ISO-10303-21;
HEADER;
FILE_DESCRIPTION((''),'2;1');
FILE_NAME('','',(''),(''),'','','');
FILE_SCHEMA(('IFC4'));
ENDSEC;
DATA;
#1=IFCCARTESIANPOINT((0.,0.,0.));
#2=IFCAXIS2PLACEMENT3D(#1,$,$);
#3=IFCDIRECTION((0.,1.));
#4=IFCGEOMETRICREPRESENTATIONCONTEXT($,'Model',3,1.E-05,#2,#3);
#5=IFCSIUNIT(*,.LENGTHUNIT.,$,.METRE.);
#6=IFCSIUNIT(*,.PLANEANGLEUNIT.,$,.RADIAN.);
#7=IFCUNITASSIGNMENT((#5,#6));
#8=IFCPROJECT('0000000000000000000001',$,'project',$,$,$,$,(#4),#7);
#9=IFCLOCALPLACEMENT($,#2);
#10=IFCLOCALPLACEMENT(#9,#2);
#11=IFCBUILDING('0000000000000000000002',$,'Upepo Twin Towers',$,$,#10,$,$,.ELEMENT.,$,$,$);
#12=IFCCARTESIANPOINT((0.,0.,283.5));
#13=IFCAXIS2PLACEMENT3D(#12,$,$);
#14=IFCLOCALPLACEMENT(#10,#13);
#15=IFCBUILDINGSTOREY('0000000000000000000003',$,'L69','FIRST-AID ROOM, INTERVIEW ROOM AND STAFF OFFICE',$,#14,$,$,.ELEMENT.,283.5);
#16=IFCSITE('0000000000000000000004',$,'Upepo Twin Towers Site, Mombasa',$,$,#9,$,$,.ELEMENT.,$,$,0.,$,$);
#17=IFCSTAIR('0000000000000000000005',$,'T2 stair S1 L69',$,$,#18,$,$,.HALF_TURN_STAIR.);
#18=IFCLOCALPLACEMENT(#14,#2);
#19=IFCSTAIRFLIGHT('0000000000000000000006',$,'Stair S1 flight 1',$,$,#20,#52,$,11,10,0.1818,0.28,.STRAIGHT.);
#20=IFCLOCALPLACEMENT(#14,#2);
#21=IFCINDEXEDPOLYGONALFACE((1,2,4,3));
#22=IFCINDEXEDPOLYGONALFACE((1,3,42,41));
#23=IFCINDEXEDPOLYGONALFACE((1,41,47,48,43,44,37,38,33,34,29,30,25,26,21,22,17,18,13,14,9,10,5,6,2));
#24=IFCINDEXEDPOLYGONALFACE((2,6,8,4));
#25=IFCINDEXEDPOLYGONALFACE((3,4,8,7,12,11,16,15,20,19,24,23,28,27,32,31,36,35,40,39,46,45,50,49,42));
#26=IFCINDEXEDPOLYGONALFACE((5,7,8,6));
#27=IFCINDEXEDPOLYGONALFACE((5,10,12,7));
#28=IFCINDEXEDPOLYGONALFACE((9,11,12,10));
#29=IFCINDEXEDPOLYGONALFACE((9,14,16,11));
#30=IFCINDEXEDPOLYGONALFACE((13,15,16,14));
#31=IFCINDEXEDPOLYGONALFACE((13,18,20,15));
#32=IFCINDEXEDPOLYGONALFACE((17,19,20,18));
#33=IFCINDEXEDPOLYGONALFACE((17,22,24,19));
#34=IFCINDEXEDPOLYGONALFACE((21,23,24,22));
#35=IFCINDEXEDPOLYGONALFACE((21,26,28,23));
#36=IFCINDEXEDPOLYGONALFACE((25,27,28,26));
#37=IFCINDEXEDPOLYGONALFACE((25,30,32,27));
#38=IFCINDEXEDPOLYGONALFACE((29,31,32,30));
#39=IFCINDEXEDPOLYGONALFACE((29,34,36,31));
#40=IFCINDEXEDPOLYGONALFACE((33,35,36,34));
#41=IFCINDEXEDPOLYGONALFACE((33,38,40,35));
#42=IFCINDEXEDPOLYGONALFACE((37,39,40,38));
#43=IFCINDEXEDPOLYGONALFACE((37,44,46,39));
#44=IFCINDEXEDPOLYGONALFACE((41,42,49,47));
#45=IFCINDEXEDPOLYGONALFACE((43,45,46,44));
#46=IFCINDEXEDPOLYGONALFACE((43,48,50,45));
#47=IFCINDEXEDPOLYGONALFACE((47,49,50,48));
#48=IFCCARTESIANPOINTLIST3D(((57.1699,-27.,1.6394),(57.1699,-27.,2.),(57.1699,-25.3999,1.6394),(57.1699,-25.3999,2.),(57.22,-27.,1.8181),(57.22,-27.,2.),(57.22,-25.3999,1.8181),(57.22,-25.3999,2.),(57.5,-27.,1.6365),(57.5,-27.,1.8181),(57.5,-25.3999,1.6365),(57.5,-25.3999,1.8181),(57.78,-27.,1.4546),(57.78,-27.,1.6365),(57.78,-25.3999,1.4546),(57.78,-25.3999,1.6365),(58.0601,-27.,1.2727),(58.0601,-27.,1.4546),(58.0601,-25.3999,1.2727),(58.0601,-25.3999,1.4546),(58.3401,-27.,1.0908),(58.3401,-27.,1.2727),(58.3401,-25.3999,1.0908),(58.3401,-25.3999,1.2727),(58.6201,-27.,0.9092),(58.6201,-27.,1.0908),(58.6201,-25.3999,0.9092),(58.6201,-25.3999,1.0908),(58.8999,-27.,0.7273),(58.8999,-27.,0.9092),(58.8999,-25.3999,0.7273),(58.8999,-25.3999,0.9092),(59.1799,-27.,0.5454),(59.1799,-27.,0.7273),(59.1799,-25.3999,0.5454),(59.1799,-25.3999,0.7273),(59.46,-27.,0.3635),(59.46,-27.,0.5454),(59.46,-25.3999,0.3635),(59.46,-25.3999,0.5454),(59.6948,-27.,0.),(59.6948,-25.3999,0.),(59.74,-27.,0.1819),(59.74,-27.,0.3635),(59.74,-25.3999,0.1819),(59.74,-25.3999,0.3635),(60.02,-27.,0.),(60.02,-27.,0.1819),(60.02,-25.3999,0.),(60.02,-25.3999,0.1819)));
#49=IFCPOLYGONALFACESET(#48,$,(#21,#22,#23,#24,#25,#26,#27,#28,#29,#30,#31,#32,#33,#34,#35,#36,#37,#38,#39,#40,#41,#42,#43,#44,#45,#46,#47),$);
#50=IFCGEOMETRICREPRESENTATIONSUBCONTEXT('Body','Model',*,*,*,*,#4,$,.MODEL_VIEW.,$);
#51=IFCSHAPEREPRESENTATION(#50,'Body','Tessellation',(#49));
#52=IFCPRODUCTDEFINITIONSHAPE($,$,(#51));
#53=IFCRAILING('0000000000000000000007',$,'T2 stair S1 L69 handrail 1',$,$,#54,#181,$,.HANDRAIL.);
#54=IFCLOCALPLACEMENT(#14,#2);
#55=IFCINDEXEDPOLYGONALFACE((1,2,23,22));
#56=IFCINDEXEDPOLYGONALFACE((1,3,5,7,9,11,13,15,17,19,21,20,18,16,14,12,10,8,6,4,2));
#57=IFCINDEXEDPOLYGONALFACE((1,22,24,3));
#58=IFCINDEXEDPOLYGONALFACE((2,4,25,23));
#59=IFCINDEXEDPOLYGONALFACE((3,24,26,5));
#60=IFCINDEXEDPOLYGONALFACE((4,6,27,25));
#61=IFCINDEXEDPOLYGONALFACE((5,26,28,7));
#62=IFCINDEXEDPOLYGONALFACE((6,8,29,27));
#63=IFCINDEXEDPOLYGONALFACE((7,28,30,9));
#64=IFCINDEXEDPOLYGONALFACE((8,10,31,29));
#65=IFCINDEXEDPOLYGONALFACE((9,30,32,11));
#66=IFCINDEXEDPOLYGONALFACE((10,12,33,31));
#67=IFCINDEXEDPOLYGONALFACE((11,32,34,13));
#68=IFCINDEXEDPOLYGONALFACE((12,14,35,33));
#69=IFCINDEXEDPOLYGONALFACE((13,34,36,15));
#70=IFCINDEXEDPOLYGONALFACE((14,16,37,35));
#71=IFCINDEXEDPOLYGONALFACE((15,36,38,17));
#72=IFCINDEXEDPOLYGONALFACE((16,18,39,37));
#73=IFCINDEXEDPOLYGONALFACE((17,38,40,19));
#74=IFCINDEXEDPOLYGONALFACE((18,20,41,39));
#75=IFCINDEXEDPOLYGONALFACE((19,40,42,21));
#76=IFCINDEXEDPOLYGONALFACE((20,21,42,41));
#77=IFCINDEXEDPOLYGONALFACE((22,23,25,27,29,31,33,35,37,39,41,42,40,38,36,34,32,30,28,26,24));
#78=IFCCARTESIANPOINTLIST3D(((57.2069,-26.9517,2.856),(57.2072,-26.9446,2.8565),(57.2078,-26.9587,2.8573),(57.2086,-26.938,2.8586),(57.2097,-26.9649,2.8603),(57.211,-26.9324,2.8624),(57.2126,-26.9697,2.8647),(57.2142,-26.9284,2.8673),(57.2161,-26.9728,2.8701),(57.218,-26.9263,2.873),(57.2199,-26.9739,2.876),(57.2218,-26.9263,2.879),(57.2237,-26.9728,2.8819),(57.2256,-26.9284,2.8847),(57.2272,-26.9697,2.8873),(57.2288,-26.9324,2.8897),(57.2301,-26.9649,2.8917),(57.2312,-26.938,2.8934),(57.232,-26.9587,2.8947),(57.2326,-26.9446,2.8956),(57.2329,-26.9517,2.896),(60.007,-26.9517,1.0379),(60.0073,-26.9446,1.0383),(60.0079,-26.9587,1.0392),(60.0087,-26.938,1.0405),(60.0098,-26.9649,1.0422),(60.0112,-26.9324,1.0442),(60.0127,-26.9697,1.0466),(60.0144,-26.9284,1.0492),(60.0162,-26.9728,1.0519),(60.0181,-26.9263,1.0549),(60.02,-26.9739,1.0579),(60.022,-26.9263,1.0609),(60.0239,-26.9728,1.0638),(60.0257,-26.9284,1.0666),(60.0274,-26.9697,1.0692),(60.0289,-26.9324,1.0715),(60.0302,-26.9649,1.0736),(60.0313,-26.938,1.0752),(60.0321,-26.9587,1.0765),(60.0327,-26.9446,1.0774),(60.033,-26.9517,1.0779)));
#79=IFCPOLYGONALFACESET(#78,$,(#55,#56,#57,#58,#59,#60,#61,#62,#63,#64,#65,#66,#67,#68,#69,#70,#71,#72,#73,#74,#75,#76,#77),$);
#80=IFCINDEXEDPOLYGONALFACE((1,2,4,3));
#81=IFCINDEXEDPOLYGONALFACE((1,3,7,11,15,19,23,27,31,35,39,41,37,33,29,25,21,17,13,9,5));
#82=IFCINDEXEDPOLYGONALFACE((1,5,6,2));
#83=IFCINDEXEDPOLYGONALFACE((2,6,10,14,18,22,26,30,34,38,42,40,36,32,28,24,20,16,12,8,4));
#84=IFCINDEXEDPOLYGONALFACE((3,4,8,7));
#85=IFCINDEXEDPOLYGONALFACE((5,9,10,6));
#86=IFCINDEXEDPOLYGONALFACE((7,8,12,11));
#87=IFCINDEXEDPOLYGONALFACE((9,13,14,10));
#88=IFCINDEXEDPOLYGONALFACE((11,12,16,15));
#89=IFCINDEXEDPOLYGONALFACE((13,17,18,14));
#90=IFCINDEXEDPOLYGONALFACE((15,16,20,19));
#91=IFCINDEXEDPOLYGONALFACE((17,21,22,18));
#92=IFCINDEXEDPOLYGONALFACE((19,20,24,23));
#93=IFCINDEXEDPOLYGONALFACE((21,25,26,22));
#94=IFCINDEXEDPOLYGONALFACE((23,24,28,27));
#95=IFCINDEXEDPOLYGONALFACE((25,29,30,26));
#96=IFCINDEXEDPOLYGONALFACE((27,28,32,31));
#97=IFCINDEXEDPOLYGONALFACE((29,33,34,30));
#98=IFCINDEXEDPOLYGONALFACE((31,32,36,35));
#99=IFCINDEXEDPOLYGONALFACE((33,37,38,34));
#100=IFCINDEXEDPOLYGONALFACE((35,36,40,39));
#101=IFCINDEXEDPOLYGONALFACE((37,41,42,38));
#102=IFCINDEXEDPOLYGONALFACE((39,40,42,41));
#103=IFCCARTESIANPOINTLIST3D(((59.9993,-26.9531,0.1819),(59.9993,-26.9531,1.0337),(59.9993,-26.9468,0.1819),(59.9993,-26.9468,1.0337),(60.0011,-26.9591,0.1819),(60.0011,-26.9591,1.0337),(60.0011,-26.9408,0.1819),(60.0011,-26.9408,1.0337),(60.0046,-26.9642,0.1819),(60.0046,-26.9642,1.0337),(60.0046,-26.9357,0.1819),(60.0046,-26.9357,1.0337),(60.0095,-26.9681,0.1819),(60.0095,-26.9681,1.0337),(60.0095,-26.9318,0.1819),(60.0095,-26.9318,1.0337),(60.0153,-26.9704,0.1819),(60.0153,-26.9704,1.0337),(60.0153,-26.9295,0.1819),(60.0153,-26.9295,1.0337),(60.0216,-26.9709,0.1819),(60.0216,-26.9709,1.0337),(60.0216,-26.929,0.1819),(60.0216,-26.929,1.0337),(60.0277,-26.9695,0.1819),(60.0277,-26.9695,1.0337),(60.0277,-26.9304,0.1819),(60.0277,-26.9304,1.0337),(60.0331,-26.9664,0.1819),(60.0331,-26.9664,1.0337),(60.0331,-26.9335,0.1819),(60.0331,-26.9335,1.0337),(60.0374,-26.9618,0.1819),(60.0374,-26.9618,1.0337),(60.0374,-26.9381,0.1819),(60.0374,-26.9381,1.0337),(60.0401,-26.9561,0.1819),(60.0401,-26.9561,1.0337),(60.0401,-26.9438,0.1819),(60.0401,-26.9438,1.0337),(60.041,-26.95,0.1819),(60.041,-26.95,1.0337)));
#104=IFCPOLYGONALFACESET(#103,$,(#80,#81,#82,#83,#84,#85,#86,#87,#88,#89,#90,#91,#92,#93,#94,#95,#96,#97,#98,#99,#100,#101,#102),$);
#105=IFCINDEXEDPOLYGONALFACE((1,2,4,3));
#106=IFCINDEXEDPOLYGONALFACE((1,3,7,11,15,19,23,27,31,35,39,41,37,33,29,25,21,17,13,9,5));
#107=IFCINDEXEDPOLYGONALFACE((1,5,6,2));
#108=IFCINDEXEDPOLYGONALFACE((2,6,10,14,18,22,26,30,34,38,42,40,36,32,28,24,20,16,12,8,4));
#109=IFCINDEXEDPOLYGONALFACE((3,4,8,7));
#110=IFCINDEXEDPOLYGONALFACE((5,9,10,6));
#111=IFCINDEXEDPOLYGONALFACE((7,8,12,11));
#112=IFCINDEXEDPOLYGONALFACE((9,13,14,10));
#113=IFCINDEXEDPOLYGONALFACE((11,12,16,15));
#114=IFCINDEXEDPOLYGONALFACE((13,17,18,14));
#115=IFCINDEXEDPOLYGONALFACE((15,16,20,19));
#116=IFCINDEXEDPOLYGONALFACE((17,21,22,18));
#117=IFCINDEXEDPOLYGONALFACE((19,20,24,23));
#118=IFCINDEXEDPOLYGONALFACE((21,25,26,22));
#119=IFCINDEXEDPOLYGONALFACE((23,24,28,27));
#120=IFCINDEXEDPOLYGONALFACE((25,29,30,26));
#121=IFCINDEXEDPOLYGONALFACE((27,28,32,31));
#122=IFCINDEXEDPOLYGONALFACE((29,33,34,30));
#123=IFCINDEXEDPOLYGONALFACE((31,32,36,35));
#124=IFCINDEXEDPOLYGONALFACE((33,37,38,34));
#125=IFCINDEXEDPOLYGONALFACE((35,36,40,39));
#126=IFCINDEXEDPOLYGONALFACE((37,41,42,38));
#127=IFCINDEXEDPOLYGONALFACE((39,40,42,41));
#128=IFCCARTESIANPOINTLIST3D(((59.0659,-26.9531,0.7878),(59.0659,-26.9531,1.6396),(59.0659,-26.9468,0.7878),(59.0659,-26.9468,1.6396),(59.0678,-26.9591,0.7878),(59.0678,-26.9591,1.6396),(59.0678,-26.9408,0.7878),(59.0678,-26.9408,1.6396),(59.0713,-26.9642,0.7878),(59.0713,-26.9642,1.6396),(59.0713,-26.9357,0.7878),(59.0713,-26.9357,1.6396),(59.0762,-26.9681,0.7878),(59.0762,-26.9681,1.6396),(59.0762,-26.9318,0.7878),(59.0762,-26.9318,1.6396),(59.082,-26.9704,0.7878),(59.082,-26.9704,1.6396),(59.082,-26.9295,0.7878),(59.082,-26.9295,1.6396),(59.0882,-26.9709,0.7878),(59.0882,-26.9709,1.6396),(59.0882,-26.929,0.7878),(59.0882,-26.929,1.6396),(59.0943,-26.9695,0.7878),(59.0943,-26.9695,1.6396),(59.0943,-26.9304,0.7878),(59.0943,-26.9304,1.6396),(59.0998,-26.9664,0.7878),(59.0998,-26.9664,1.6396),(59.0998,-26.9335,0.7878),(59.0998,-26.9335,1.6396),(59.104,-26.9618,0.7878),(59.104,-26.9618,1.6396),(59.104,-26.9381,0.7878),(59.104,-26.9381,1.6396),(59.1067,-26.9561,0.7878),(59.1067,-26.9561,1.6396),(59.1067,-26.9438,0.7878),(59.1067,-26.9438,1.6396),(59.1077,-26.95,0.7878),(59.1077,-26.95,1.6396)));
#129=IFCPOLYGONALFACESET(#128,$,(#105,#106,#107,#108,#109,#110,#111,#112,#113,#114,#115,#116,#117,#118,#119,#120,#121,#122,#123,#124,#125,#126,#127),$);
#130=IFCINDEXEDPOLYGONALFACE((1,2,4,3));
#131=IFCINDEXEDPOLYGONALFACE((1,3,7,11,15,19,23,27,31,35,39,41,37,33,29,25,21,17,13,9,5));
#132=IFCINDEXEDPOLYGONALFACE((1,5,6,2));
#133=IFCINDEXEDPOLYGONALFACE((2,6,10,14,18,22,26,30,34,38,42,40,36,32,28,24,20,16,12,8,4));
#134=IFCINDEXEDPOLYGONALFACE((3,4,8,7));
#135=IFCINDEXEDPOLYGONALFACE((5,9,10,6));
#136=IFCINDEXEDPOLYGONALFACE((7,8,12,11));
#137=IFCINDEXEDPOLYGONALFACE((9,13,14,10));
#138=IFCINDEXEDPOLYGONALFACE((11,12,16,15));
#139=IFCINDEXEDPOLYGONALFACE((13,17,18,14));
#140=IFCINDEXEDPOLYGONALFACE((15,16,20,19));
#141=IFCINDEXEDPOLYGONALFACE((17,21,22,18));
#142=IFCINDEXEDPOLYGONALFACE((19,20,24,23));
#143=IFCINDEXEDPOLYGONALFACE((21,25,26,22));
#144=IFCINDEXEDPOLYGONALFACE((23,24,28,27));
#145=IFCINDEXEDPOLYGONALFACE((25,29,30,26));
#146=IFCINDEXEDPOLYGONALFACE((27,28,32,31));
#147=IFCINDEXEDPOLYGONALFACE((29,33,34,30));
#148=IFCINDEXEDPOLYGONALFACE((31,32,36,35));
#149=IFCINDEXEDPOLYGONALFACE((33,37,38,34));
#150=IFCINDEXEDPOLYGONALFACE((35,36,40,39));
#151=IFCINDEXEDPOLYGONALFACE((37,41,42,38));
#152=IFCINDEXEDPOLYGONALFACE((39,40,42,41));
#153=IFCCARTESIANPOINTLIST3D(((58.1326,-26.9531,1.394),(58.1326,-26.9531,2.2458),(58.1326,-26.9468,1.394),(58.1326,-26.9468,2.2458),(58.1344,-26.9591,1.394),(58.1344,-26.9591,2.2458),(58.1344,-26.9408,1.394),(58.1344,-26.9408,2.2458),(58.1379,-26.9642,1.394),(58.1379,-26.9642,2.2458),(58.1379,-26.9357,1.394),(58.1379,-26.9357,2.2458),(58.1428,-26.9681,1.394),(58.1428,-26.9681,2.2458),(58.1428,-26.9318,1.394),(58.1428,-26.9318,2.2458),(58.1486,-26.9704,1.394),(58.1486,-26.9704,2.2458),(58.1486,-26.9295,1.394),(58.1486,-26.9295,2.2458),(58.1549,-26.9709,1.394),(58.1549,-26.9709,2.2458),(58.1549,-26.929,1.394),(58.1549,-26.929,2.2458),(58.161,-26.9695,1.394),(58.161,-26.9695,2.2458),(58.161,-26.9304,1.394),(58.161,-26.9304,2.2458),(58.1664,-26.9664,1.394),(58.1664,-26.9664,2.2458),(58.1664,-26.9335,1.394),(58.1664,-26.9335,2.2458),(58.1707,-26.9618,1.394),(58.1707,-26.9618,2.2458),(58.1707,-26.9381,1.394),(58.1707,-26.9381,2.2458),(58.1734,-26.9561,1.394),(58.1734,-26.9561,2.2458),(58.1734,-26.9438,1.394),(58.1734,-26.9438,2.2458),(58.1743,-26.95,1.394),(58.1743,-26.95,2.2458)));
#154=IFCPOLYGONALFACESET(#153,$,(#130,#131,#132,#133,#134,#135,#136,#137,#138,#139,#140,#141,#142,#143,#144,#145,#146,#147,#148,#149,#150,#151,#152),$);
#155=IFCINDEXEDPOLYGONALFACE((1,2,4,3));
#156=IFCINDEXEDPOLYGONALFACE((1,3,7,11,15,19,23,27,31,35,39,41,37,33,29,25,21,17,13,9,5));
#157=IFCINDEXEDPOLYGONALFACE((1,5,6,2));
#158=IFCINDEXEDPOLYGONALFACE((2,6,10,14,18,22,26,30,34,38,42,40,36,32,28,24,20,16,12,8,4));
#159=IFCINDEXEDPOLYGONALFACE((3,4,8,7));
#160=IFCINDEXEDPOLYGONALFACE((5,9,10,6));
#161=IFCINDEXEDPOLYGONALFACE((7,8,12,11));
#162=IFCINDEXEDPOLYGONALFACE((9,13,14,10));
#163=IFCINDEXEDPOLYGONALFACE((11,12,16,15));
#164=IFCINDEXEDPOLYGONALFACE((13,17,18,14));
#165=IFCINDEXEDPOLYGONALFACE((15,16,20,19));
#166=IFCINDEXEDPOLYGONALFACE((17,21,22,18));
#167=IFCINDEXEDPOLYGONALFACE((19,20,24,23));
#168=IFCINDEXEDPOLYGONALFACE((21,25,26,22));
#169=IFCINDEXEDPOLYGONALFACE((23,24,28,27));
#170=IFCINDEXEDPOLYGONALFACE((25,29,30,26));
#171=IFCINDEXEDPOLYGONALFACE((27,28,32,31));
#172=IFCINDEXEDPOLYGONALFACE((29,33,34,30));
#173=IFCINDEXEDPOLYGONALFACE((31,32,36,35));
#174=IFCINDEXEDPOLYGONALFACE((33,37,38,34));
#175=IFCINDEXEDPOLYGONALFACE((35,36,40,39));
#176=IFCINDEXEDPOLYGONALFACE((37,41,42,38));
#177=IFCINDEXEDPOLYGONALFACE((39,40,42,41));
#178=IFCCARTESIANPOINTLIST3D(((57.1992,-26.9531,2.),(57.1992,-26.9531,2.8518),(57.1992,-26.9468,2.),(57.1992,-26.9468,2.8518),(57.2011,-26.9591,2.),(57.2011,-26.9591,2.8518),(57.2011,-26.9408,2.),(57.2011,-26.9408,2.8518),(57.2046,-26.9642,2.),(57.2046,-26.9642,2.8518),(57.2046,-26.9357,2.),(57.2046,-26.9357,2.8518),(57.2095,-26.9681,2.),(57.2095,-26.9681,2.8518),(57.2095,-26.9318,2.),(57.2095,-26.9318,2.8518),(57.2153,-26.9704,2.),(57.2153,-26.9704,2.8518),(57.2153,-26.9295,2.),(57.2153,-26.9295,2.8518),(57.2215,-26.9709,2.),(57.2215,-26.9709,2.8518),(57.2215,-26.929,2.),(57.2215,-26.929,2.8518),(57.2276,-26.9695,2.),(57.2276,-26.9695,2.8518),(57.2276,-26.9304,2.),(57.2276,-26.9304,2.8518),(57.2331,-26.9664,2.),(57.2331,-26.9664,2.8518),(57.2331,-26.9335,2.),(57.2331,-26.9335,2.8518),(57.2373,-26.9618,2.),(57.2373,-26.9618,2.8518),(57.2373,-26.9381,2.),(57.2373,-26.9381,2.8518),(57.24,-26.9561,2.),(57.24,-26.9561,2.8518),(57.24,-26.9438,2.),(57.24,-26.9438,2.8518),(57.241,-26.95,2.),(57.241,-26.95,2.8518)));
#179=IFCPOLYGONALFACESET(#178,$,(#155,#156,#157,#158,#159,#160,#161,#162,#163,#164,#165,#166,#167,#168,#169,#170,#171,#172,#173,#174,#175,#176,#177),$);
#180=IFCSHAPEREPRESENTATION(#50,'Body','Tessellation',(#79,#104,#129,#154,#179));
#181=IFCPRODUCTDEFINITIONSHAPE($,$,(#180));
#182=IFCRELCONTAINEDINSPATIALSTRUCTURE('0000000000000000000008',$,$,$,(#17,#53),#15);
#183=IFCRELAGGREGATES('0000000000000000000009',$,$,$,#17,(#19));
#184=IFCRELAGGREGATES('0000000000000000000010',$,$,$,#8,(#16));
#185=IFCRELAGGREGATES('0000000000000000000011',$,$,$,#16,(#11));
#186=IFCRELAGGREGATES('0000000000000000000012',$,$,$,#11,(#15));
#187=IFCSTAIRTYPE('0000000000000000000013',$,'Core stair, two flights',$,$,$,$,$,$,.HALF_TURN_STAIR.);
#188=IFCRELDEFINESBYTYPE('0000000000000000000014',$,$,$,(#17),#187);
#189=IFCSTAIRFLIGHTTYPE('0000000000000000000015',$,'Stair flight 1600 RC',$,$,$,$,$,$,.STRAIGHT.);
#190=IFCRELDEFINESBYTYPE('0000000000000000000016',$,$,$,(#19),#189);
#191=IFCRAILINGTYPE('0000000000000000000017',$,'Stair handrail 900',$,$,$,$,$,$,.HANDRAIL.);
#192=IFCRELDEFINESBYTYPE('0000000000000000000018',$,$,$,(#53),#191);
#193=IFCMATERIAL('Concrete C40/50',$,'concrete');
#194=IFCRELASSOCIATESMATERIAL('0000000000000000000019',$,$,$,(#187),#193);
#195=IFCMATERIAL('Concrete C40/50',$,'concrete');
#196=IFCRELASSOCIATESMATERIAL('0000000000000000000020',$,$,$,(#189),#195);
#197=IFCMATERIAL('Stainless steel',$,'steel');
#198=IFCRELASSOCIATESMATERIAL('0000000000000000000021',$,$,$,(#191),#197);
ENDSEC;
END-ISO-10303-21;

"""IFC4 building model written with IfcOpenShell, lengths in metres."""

from ifc_helpers import new_model, si_unit, direction, frame, origin, origin_2d, place, context, subcontext, project, spatial, polyline, circle, outline, extrude, material, type_object, element, aggregate, save


model = new_model("IFC4")

# Units and contexts
model_context = context("Model", 3, precision=1e-05, world=origin(), true_north=direction((0.0, 1.0)))
body_context = subcontext(model_context, "Body", "Model", "MODEL_VIEW")
ifc_project = project(units=[si_unit("LENGTHUNIT", "METRE"), si_unit("PLANEANGLEUNIT", "RADIAN")], contexts=[model_context])

# Site, building, storey
site_placement = place(None, origin())
site = spatial("IfcSite", under=ifc_project, at=site_placement, Name="Upepo Twin Towers Site, Mombasa", CompositionType="ELEMENT", RefElevation=0.0)
building_placement = place(site_placement, origin())
building = spatial("IfcBuilding", under=site, at=building_placement, Name="Upepo Twin Towers", CompositionType="ELEMENT")
storey_placement = place(building_placement, frame((0.0, 0.0, 283.5)))
storey = spatial("IfcBuildingStorey", under=building, at=storey_placement, Name="L69", Description="FIRST-AID ROOM, INTERVIEW ROOM AND STAFF OFFICE", CompositionType="ELEMENT", Elevation=283.5)

# Stair, stair flight
ifc_material_1 = material(Name="Concrete C40/50", Category="concrete")
stair_type = type_object("IfcStairType", Name="Core stair, two flights", PredefinedType="HALF_TURN_STAIR", material=ifc_material_1)
stair_placement = place(storey_placement, origin())
stair = element("IfcStair", 1, at=stair_placement, inside=storey, type_object=stair_type, Name="T2 stair S1 L69", PredefinedType="HALF_TURN_STAIR")
ifc_material_2 = material(Name="Concrete C40/50", Category="concrete")
stair_flight_type = type_object("IfcStairFlightType", Name="Stair flight 1600 RC", PredefinedType="STRAIGHT", material=ifc_material_2)
stair_flight_placement = place(storey_placement, frame((60.02, -26.2, 0.0), z_axis=(0.0, 0.0, 1.0), x_axis=(-1.0, 0.0, 0.0)))
stair_flight = element("IfcStairFlight", 2, at=stair_flight_placement, type_object=stair_flight_type, Name="Stair S1 flight 1", NumberOfRisers=11, NumberOfTreads=10, PredefinedType="STRAIGHT", RiserHeight=0.1818, TreadLength=0.28, context=body_context, shape_type="SweptSolid", body=[
    extrude(outline(polyline([(0.0, 0.0), (0.0, 0.1819), (0.28, 0.1819), (0.28, 0.3635), (0.5601, 0.3635), (0.5601, 0.5454), (0.8401, 0.5454), (0.8401, 0.7273), (1.1201, 0.7273), (1.1201, 0.9092), (1.3999, 0.9092), (1.3999, 1.0908), (1.6799, 1.0908), (1.6799, 1.2727), (1.96, 1.2727), (1.96, 1.4546), (2.24, 1.4546), (2.24, 1.6365), (2.52, 1.6365), (2.52, 1.8181), (2.8, 1.8181), (2.8, 2.0), (2.8501, 2.0), (2.8501, 1.6394), (0.3252, 0.0), (0.0, 0.0)])), frame((0.0, 0.8, 0.0), z_axis=(0.0, -1.0, 0.0), x_axis=(1.0, 0.0, 0.0)), (0.0, 0.0, 1.0), 1.6001),
])
aggregate(stair, [stair_flight])

# Railing
ifc_material_3 = material(Name="Stainless steel", Category="steel")
railing_type = type_object("IfcRailingType", Name="Stair handrail 900", PredefinedType="HANDRAIL", material=ifc_material_3)
railing_placement = place(storey_placement, frame((60.02, -26.95, 0.1819)))
element("IfcRailing", 3, at=railing_placement, inside=storey, type_object=railing_type, Name="T2 stair S1 L69 handrail 1", PredefinedType="HANDRAIL", context=body_context, shape_type="SweptSolid", body=[
    extrude(circle(Radius=0.0239, at=origin_2d()), frame((0.0, 0.0, 0.876), z_axis=(-0.838706, 0.0, 0.544585), x_axis=(0.0, -1.0, 0.0)), (0.0, 0.0, 1.0), 3.3386),
    extrude(circle(Radius=0.021, at=origin_2d()), origin(), (0.0, 0.0, 1.0), 0.8518),
    extrude(circle(Radius=0.021, at=origin_2d()), frame((-0.9333, 0.0, 0.606)), (0.0, 0.0, 1.0), 0.8518),
    extrude(circle(Radius=0.021, at=origin_2d()), frame((-1.8667, 0.0, 1.2122)), (0.0, 0.0, 1.0), 0.8518),
    extrude(circle(Radius=0.021, at=origin_2d()), frame((-2.8, 0.0, 1.8181)), (0.0, 0.0, 1.0), 0.8518),
])

save(model, "model.ifc")
